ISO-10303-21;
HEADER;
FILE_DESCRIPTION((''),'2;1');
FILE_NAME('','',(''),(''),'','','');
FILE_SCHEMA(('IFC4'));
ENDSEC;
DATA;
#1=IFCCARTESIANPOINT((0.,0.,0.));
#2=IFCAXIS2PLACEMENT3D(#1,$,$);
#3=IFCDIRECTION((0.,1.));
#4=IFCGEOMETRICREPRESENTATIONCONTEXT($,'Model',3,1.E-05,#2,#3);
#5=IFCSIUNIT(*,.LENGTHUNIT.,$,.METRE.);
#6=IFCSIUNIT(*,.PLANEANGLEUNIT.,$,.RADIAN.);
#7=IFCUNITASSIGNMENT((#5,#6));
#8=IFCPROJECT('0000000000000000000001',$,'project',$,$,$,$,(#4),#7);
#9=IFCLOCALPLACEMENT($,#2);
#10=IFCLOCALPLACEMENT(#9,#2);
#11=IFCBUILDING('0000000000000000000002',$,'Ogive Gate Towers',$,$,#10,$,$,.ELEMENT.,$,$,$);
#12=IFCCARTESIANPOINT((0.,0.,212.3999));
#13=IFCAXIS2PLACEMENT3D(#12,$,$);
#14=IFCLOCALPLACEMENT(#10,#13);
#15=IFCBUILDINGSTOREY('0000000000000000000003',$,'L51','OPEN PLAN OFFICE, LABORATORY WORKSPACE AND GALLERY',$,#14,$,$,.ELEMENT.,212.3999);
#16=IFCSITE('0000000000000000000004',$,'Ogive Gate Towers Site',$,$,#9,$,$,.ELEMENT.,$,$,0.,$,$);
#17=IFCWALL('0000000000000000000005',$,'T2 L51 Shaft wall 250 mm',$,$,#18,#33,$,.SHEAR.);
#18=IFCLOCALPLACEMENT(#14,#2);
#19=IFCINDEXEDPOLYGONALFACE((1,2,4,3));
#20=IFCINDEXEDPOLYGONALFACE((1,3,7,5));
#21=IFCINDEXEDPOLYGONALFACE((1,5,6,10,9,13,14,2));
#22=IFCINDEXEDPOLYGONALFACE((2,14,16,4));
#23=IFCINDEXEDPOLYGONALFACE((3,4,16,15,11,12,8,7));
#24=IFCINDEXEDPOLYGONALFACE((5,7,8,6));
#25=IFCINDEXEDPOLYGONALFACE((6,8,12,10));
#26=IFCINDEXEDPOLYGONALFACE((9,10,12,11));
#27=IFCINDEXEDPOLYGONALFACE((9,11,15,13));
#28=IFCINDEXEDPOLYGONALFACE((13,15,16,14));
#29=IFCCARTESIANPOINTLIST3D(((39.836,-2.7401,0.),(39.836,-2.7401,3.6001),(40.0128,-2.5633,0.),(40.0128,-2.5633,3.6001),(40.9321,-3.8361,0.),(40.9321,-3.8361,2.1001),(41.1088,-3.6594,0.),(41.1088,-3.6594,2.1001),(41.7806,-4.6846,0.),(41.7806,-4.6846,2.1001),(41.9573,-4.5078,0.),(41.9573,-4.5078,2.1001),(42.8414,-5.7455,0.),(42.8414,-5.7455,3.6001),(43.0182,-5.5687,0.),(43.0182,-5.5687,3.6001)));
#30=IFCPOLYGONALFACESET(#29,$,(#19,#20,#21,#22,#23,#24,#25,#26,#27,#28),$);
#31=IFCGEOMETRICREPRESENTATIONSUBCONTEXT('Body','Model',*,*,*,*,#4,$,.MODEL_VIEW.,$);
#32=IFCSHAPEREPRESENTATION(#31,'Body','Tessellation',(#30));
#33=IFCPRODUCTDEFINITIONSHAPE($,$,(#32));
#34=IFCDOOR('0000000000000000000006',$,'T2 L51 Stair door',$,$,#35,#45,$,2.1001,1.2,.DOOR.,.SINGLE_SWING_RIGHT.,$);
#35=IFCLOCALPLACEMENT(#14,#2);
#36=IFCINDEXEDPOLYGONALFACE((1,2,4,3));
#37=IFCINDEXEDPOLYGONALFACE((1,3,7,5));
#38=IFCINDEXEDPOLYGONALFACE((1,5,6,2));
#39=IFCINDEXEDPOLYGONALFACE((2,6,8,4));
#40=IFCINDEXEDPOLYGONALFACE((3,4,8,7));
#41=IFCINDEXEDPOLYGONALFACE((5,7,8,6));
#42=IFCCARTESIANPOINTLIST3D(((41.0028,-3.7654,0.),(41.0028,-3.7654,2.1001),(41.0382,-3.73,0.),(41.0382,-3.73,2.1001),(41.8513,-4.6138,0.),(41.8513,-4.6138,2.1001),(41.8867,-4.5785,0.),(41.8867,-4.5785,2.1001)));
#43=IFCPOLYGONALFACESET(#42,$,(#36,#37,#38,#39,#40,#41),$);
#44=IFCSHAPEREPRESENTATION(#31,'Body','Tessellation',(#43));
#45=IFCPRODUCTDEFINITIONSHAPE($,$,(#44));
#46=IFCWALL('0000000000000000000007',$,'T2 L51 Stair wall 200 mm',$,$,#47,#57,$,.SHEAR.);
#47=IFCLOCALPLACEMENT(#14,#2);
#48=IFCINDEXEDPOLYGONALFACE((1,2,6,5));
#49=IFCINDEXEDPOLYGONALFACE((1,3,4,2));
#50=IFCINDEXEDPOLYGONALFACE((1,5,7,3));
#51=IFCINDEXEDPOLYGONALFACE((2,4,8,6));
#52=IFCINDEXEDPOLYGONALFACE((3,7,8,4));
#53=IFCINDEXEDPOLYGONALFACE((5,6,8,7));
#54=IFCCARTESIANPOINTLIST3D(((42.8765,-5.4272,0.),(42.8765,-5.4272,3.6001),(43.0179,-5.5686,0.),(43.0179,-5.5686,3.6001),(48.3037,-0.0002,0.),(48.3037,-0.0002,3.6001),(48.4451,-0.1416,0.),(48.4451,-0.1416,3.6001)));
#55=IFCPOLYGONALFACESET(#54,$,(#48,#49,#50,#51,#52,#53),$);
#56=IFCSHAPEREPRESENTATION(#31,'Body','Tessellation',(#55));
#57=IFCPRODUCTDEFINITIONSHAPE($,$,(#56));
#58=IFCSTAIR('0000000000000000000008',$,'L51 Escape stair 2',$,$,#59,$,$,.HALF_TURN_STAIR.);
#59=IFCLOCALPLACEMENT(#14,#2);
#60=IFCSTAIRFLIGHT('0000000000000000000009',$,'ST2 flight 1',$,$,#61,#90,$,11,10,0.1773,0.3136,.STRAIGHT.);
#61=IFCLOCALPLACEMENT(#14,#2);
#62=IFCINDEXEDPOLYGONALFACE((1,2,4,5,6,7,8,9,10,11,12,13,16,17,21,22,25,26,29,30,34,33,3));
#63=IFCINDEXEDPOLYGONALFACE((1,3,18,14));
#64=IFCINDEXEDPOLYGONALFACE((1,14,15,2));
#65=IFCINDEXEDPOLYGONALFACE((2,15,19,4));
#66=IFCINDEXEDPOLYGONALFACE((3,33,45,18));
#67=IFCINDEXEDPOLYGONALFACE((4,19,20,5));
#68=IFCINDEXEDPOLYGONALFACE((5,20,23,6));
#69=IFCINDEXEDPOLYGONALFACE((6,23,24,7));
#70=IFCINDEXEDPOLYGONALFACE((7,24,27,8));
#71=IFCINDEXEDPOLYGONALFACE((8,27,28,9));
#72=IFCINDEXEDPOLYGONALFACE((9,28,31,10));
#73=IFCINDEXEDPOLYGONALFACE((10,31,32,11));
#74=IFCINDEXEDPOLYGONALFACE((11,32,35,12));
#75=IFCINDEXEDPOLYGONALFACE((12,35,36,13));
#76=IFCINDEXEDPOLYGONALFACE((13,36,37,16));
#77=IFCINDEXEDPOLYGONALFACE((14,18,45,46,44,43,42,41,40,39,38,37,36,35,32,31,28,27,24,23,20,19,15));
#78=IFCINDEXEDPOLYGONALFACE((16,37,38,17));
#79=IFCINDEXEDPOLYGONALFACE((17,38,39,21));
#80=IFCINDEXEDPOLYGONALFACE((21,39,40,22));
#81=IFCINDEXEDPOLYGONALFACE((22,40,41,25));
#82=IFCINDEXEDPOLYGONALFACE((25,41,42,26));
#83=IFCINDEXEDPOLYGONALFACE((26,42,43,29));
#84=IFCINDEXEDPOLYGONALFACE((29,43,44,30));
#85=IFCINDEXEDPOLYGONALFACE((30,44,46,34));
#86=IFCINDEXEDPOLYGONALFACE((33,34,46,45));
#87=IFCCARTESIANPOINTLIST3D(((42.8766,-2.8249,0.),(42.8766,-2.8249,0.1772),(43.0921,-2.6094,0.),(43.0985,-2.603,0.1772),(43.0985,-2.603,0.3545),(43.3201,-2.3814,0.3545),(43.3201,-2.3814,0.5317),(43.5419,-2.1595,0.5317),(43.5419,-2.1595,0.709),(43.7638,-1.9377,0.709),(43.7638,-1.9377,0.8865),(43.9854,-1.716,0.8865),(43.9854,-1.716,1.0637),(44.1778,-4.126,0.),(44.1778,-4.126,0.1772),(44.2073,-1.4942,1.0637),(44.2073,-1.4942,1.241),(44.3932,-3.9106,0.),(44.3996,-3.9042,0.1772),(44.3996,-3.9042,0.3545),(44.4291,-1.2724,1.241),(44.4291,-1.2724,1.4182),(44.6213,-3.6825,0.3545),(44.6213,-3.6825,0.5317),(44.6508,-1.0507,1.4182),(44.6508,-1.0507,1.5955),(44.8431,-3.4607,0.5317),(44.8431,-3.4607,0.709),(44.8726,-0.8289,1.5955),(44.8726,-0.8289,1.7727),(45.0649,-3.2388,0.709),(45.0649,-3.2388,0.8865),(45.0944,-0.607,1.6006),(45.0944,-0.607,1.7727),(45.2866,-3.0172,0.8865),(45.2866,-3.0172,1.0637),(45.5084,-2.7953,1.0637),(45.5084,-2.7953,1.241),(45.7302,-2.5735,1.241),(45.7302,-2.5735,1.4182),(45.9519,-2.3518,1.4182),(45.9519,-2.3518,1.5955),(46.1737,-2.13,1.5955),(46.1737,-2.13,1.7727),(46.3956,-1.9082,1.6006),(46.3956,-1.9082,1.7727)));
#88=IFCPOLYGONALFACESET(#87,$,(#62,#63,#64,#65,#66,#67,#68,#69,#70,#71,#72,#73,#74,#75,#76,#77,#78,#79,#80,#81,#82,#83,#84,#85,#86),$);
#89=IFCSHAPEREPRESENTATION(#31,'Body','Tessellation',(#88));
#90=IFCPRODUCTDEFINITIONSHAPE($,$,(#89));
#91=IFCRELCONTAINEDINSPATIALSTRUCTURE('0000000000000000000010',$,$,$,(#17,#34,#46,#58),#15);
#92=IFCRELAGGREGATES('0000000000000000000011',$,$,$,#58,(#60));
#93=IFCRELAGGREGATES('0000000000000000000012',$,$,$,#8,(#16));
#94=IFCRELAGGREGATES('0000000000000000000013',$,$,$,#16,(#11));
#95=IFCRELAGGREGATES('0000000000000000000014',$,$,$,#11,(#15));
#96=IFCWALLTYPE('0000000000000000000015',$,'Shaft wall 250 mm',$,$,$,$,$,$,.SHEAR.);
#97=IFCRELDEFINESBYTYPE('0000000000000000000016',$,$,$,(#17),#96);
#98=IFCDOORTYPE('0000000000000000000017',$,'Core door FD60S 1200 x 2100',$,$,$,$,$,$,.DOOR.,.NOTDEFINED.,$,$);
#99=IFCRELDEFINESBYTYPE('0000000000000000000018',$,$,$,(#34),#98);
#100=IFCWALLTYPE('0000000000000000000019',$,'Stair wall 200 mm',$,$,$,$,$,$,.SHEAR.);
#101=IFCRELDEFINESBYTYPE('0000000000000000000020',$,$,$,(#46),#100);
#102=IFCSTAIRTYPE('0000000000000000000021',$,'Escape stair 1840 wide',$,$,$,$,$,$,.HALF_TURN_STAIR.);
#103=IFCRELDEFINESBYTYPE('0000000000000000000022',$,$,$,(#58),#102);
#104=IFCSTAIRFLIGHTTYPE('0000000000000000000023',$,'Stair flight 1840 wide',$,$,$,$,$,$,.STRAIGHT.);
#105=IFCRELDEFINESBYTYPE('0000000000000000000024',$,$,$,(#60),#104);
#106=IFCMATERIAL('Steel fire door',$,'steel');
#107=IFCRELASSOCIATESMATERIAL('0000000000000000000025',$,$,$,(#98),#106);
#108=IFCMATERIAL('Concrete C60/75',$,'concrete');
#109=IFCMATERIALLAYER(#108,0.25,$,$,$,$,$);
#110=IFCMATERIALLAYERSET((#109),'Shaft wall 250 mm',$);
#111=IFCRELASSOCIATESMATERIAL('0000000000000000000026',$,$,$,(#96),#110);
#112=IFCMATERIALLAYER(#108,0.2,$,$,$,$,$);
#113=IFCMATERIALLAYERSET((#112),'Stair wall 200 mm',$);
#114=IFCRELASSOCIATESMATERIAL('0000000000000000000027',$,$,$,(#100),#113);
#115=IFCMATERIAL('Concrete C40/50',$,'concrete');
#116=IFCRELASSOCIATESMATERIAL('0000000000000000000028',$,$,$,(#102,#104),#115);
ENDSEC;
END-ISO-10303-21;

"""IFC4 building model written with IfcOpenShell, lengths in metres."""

from ifc_helpers import new_model, si_unit, direction, frame, frame_2d, origin, place, context, subcontext, project, spatial, polyline, rectangle, outline, extrude, material, layer, layer_set, type_object, element, fill, aggregate, save


model = new_model("IFC4")

# Units and contexts
model_context = context("Model", 3, precision=1e-05, world=origin(), true_north=direction((0.0, 1.0)))
body_context = subcontext(model_context, "Body", "Model", "MODEL_VIEW")
ifc_project = project(units=[si_unit("LENGTHUNIT", "METRE"), si_unit("PLANEANGLEUNIT", "RADIAN")], contexts=[model_context])

# Site, building, storey
site_placement = place(None, origin())
site = spatial("IfcSite", under=ifc_project, at=site_placement, Name="Ogive Gate Towers Site", CompositionType="ELEMENT", RefElevation=0.0)
building_placement = place(site_placement, origin())
building = spatial("IfcBuilding", under=site, at=building_placement, Name="Ogive Gate Towers", CompositionType="ELEMENT")
storey_placement = place(building_placement, frame((0.0, 0.0, 212.3999)))
storey = spatial("IfcBuildingStorey", under=building, at=storey_placement, Name="L51", Description="OPEN PLAN OFFICE, LABORATORY WORKSPACE AND GALLERY", CompositionType="ELEMENT", Elevation=212.3999)

# Shared definitions
ifc_material_1 = material(Name="Concrete C60/75", Category="concrete")
ifc_material_2 = material(Name="Steel fire door", Category="steel")
door_type_1 = type_object("IfcDoorType", Name="Core door FD60S 1200 x 2100", OperationType="NOTDEFINED", PredefinedType="DOOR", material=ifc_material_2)

# Shared definitions
ifc_layer_1 = layer(ifc_material_1, 0.25)
ifc_layer_set_1 = layer_set([ifc_layer_1], Name="Shaft wall 250 mm")
wall_type_1 = type_object("IfcWallType", Name="Shaft wall 250 mm", PredefinedType="SHEAR", material=ifc_layer_set_1)

# Wall, opening, door
wall_1_placement = place(storey_placement, frame((42.9297, -5.657, 0.0), z_axis=(0.0, 0.0, 1.0), x_axis=(-0.707107, 0.707107, 0.0)))
wall_1 = element("IfcWall", 1, at=wall_1_placement, inside=storey, type_object=wall_type_1, Name="T2 L51 Shaft wall 250 mm", PredefinedType="SHEAR", context=body_context, shape_type="SweptSolid", body=[
    extrude(rectangle(XDim=4.2502, YDim=0.25, at=frame_2d((2.125, 0.0))), origin(), (0.0, 0.0, 1.0), 3.6001),
])
opening_1_placement = place(wall_1_placement, frame((1.5, 0.0, 0.0)))
opening_1 = element("IfcOpeningElement", 2, at=opening_1_placement, cuts=wall_1, PredefinedType="OPENING", context=body_context, shape_type="SweptSolid", body=[
    extrude(rectangle(XDim=1.2, YDim=2.1001, at=frame_2d((0.6001, 1.05))), frame((0.0, 0.135, 0.0), z_axis=(0.0, -1.0, 0.0), x_axis=(1.0, 0.0, 0.0)), (0.0, 0.0, 1.0), 0.27),
])
door_1_placement = place(opening_1_placement, origin())
door_1 = element("IfcDoor", 3, at=door_1_placement, inside=storey, type_object=door_type_1, Name="T2 L51 Stair door", OperationType="SINGLE_SWING_RIGHT", OverallHeight=2.1001, OverallWidth=1.2, PredefinedType="DOOR", context=body_context, shape_type="SweptSolid", body=[
    extrude(rectangle(XDim=1.2, YDim=2.1001, at=frame_2d((0.6001, 1.05))), frame((0.0, 0.0249, 0.0), z_axis=(0.0, -1.0, 0.0), x_axis=(1.0, 0.0, 0.0)), (0.0, 0.0, 1.0), 0.05),
])
fill(opening_1, door_1)

# Wall
ifc_layer_2 = layer(ifc_material_1, 0.2)
ifc_layer_set_2 = layer_set([ifc_layer_2], Name="Stair wall 200 mm")
wall_type_2 = type_object("IfcWallType", Name="Stair wall 200 mm", PredefinedType="SHEAR", material=ifc_layer_set_2)
wall_2_placement = place(storey_placement, frame((42.9473, -5.4978, 0.0), z_axis=(0.0, 0.0, 1.0), x_axis=(0.707123, 0.707091, 0.0)))
element("IfcWall", 4, at=wall_2_placement, inside=storey, type_object=wall_type_2, Name="T2 L51 Stair wall 200 mm", PredefinedType="SHEAR", context=body_context, shape_type="SweptSolid", body=[
    extrude(rectangle(XDim=7.675, YDim=0.2, at=frame_2d((3.8374, 0.0))), origin(), (0.0, 0.0, 1.0), 3.6001),
])

# Stair, stair flight
ifc_material_3 = material(Name="Concrete C40/50", Category="concrete")
stair_type = type_object("IfcStairType", Name="Escape stair 1840 wide", PredefinedType="HALF_TURN_STAIR", material=ifc_material_3)
stair_placement = place(storey_placement, origin())
stair = element("IfcStair", 5, at=stair_placement, inside=storey, type_object=stair_type, Name="L51 Escape stair 2", PredefinedType="HALF_TURN_STAIR")
stair_flight_type = type_object("IfcStairFlightType", Name="Stair flight 1840 wide", PredefinedType="STRAIGHT", material=ifc_material_3)
stair_flight_placement = place(storey_placement, frame((43.5271, -3.4753, 0.0), z_axis=(0.0, 0.0, 1.0), x_axis=(0.707107, 0.707107, 0.0)))
stair_flight = element("IfcStairFlight", 6, at=stair_flight_placement, type_object=stair_flight_type, Name="ST2 flight 1", NumberOfRisers=11, NumberOfTreads=10, PredefinedType="STRAIGHT", RiserHeight=0.1773, TreadLength=0.3136, context=body_context, shape_type="SweptSolid", body=[
    extrude(outline(polyline([(0.0, 0.0), (0.0, 0.1772), (0.3137, 0.1772), (0.3137, 0.3545), (0.6272, 0.3545), (0.6272, 0.5317), (0.9409, 0.5317), (0.9409, 0.709), (1.2546, 0.709), (1.2546, 0.8865), (1.5681, 0.8865), (1.5681, 1.0637), (1.8818, 1.0637), (1.8818, 1.241), (2.1956, 1.241), (2.1956, 1.4182), (2.509, 1.4182), (2.509, 1.5955), (2.8228, 1.5955), (2.8228, 1.7727), (3.1365, 1.7727), (3.1365, 1.95), (3.1365, 1.6006), (0.3047, 0.0), (0.0, 0.0)])), frame((0.0, 0.9199, 0.0), z_axis=(0.0, -1.0, 0.0), x_axis=(1.0, 0.0, 0.0)), (0.0, 0.0, 1.0), 1.8401),
])
aggregate(stair, [stair_flight])

save(model, "model.ifc")
